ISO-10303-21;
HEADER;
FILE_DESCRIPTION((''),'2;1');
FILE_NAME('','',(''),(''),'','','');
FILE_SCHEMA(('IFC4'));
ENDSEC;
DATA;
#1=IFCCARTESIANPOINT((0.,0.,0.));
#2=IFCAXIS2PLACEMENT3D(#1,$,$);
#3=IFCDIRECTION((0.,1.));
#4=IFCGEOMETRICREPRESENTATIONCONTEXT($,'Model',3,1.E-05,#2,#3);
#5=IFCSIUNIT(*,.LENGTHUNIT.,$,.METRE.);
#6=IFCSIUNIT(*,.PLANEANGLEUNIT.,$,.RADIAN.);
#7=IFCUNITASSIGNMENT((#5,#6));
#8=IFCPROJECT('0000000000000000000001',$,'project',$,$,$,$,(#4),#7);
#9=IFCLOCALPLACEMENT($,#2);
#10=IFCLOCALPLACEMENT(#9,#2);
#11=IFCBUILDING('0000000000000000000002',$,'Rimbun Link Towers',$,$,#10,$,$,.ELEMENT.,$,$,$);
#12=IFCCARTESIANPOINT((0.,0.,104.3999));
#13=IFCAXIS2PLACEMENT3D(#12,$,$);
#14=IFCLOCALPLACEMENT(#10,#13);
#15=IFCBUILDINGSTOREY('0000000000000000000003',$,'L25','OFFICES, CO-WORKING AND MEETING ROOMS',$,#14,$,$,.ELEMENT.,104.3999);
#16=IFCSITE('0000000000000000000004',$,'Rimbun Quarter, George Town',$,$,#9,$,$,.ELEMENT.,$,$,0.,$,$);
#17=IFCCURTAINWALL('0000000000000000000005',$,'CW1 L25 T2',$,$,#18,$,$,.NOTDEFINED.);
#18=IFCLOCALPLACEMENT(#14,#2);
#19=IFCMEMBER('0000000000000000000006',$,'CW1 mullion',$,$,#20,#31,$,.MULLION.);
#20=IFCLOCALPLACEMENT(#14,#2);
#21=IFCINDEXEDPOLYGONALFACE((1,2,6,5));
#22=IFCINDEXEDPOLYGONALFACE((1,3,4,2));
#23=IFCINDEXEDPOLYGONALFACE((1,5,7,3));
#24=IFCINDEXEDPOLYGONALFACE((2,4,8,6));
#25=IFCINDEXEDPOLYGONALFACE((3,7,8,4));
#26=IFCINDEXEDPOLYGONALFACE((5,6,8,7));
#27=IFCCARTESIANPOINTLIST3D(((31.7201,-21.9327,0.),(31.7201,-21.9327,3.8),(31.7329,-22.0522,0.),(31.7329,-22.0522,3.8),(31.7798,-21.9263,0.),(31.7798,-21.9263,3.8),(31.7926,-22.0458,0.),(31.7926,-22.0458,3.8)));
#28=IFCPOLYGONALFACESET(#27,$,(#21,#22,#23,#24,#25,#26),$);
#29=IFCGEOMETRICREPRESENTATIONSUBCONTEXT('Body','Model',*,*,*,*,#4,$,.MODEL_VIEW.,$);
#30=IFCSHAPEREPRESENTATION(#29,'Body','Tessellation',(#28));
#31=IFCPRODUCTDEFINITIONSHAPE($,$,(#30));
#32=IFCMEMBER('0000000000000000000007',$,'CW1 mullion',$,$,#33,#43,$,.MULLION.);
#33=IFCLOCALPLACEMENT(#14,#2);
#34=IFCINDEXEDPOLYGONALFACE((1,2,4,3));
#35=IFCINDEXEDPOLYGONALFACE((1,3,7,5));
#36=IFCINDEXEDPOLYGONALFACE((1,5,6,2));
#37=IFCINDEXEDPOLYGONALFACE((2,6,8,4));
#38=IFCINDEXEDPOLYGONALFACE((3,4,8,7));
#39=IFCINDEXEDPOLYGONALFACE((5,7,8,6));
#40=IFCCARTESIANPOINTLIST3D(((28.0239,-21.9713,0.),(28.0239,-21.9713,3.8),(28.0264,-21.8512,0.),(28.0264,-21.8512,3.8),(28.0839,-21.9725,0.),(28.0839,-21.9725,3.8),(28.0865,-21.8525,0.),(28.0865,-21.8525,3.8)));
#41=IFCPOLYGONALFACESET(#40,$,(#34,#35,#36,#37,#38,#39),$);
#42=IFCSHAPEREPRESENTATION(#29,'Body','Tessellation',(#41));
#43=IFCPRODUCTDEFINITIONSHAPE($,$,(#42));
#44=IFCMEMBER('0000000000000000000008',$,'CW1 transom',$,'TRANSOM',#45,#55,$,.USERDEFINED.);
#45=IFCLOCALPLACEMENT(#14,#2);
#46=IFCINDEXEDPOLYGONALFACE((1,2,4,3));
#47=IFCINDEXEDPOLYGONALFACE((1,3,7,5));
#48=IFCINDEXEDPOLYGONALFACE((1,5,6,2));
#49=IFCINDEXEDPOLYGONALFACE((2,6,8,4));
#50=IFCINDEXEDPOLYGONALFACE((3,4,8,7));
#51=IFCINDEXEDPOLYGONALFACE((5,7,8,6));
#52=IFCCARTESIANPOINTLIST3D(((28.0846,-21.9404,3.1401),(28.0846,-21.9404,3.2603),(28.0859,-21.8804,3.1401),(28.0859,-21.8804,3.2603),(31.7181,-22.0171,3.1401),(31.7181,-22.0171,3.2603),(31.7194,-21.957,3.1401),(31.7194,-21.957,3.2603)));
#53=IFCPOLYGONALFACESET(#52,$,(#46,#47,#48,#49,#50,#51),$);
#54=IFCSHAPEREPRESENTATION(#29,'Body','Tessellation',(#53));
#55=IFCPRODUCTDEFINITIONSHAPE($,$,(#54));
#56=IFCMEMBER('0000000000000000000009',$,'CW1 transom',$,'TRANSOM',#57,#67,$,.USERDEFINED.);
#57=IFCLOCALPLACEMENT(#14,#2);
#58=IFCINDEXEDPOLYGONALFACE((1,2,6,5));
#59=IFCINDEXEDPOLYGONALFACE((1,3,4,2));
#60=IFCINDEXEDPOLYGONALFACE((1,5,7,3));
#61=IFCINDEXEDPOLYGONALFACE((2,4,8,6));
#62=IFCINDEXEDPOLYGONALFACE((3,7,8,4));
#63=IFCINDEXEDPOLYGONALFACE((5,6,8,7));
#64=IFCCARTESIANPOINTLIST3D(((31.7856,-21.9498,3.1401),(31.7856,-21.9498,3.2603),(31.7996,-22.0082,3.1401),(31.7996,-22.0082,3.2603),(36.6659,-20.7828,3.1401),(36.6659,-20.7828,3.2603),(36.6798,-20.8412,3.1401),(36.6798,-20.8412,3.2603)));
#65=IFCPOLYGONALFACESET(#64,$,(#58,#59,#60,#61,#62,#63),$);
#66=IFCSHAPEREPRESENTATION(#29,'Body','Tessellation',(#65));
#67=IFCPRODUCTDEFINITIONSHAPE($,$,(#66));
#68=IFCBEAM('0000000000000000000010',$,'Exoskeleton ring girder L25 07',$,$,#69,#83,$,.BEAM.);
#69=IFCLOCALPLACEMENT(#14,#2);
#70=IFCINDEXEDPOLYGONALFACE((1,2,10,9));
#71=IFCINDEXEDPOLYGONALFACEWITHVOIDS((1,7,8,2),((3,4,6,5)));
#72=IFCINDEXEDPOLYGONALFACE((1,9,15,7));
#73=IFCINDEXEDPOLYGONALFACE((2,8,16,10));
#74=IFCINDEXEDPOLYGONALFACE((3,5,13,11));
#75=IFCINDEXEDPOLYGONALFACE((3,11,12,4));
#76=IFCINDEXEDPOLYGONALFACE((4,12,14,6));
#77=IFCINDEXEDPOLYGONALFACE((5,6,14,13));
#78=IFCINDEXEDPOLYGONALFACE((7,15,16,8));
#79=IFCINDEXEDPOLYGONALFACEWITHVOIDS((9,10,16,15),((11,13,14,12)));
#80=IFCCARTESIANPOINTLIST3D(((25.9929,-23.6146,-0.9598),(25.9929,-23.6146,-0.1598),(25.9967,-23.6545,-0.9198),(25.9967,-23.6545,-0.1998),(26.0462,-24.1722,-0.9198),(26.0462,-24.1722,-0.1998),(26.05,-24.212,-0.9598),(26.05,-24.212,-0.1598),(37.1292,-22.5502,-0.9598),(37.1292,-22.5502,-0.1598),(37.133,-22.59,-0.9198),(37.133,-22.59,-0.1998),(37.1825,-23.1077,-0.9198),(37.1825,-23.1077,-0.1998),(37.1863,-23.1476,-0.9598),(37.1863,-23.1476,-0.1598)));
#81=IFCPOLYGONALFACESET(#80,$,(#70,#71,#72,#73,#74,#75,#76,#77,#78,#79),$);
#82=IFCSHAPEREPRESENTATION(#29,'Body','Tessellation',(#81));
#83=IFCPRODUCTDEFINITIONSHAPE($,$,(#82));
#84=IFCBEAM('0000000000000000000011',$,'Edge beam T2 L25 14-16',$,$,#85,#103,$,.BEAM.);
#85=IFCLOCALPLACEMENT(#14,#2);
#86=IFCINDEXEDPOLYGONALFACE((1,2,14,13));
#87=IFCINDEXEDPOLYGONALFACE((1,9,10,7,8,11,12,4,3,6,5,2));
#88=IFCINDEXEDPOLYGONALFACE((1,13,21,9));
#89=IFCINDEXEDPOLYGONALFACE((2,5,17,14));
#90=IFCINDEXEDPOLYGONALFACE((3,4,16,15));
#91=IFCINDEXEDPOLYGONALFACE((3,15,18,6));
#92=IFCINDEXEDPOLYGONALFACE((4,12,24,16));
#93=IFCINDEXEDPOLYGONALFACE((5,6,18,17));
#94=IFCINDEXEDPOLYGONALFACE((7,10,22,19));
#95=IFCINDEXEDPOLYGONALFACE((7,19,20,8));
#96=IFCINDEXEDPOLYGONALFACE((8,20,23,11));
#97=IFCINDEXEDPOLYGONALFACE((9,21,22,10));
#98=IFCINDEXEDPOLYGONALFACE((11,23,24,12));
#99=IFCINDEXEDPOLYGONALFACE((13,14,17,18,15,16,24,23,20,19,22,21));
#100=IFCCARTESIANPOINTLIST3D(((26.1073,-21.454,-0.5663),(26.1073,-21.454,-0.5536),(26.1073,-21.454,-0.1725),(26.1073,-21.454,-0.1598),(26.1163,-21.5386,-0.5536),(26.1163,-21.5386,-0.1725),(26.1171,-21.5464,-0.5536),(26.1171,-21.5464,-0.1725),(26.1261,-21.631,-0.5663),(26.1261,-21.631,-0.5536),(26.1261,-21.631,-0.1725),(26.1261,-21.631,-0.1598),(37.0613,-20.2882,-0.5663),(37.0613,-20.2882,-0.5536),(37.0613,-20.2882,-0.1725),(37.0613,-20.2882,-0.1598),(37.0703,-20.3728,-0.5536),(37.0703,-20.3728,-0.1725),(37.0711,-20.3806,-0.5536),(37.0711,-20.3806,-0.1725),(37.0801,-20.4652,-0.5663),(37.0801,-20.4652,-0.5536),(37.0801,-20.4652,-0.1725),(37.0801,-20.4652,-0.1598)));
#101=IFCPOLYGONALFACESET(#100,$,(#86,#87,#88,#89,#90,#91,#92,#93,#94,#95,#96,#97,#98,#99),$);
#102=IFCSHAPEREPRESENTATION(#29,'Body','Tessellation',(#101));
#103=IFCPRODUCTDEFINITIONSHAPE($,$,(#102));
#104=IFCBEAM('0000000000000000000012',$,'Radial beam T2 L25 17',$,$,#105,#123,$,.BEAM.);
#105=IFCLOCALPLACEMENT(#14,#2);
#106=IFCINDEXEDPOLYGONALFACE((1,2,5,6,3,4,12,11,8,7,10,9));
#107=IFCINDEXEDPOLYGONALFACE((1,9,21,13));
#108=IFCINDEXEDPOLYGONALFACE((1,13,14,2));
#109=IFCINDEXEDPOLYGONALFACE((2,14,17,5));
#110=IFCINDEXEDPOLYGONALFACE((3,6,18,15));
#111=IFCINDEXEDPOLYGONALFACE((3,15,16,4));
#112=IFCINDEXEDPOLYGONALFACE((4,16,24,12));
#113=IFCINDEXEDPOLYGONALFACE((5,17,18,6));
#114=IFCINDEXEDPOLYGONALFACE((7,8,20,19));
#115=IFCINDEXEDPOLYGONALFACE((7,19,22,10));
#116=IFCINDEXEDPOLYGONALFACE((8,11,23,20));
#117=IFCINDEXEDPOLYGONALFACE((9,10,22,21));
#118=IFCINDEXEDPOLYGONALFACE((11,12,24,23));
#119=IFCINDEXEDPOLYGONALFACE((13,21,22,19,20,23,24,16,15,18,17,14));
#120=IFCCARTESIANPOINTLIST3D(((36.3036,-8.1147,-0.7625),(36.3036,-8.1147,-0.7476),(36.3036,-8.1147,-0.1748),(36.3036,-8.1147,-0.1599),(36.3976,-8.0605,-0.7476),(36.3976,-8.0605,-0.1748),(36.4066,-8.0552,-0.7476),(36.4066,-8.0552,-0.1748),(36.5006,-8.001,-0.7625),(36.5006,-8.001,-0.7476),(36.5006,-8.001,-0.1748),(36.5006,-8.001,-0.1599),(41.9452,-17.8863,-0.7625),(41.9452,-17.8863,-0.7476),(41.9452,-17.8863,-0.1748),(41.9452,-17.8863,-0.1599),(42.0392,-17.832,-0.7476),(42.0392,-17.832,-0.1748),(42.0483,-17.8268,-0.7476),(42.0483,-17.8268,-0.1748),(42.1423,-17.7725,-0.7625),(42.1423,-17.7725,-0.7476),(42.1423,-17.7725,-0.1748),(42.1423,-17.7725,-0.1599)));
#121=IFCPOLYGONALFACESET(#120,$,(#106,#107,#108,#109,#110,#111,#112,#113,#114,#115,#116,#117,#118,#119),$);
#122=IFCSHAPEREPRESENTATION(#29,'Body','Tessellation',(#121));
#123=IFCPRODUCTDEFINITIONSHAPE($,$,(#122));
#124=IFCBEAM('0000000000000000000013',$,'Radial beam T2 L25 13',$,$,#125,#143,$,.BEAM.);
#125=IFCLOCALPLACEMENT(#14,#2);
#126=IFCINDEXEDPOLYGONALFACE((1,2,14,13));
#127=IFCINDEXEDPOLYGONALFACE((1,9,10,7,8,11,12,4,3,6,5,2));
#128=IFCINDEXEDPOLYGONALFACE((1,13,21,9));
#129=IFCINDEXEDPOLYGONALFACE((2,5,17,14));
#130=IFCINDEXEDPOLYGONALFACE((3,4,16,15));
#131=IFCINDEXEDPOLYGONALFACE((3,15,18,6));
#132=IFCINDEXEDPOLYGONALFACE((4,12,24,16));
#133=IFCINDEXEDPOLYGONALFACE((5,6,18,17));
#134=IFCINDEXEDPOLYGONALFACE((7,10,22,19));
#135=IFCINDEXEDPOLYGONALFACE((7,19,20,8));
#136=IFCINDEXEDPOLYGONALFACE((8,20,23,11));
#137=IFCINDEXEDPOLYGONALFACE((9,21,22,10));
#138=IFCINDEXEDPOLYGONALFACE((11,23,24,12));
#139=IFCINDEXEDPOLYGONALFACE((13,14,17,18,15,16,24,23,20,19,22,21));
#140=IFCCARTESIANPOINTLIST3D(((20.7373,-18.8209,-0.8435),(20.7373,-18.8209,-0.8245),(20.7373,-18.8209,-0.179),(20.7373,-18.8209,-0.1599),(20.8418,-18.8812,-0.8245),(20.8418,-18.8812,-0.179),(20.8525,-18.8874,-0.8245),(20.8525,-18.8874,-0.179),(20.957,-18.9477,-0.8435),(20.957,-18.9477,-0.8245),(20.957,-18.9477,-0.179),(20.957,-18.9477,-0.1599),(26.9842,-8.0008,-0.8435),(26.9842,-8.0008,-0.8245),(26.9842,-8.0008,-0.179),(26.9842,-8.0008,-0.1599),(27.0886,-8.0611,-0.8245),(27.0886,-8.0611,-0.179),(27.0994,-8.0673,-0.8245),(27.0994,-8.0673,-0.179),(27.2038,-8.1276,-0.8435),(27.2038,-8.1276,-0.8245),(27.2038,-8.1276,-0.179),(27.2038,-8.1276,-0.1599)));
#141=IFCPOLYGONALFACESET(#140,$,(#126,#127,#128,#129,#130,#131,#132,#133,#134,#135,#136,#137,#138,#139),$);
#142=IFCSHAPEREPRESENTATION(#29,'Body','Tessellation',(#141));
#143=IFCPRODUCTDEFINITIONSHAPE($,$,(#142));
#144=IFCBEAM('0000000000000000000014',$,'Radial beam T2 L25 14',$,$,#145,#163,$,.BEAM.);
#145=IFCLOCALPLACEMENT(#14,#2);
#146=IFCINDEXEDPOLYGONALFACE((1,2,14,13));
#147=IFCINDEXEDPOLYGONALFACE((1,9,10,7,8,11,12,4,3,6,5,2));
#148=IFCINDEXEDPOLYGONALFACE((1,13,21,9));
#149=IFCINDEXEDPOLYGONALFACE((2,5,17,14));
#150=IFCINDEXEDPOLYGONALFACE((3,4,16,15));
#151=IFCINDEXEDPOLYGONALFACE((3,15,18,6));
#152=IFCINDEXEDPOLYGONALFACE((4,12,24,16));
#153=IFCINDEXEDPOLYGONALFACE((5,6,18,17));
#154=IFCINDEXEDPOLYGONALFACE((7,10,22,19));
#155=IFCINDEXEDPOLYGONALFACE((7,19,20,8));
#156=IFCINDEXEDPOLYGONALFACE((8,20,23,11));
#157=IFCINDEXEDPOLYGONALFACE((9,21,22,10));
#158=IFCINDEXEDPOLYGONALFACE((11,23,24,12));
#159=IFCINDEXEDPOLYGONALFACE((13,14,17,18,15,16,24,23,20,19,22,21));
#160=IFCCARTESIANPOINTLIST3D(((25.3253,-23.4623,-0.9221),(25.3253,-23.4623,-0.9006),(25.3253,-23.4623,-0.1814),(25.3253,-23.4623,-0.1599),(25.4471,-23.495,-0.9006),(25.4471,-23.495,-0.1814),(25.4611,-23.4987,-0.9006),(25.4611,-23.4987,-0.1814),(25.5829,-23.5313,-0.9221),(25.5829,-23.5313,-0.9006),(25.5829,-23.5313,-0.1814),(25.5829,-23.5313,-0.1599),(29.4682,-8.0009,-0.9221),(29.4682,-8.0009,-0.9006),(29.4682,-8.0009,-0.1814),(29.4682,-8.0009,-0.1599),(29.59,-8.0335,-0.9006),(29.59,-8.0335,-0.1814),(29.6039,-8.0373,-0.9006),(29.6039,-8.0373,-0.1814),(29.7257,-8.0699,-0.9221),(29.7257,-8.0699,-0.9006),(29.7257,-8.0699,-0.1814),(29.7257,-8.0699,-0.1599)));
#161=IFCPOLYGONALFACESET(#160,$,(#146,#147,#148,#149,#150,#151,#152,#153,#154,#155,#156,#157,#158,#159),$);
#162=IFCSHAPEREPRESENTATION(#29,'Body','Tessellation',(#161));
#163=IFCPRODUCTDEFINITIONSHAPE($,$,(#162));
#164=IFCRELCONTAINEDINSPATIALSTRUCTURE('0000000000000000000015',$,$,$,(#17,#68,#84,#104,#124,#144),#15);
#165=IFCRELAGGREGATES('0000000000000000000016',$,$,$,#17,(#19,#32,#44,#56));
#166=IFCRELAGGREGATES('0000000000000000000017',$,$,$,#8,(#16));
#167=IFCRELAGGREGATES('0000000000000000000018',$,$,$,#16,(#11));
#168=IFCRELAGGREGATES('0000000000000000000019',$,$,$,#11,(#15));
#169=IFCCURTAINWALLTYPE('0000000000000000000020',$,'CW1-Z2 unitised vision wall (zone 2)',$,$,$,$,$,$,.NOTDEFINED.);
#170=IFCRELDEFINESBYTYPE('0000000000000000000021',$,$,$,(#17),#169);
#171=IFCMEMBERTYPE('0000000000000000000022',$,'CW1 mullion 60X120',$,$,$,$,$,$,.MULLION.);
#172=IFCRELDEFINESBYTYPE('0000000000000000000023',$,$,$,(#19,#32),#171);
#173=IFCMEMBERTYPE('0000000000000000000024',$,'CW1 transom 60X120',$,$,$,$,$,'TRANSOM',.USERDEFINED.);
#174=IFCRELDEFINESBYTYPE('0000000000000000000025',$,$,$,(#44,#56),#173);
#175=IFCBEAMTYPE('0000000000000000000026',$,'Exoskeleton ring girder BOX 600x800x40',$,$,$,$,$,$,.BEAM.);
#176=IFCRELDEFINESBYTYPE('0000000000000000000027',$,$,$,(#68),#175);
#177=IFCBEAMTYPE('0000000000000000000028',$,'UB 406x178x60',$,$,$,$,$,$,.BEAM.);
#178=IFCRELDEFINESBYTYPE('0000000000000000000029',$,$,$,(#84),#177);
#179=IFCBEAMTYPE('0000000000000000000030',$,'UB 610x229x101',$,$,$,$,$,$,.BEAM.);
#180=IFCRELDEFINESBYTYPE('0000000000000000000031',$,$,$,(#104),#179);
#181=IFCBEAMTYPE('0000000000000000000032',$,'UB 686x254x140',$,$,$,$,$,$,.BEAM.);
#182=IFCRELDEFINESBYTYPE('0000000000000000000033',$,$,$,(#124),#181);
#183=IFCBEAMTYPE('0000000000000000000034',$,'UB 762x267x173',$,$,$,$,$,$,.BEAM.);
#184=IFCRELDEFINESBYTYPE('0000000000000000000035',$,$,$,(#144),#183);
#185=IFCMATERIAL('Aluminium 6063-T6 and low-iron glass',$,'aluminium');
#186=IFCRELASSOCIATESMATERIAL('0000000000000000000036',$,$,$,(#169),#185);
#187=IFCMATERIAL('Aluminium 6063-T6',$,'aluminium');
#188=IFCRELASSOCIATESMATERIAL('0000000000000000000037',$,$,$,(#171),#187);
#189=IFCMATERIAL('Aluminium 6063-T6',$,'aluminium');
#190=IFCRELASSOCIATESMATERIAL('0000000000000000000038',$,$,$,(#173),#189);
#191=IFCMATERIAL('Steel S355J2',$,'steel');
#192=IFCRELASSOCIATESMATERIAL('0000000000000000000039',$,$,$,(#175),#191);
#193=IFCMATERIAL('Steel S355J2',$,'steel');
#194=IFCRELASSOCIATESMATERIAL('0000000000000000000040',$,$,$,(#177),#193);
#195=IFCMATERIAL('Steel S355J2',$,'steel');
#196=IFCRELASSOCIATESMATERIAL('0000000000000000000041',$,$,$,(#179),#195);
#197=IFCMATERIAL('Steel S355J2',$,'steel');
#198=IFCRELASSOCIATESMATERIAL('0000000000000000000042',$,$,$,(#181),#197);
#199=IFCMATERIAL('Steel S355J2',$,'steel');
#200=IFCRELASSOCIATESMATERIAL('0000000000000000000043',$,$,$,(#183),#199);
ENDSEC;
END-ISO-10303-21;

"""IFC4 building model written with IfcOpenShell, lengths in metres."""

from ifc_helpers import new_model, si_unit, direction, frame, origin, origin_2d, place, context, subcontext, project, spatial, rectangle, hollow_rectangle, i_section, extrude, material, material_profile, profile_set, type_object, element, aggregate, save


model = new_model("IFC4")

# Units and contexts
model_context = context("Model", 3, precision=1e-05, world=origin(), true_north=direction((0.0, 1.0)))
body_context = subcontext(model_context, "Body", "Model", "MODEL_VIEW")
ifc_project = project(units=[si_unit("LENGTHUNIT", "METRE"), si_unit("PLANEANGLEUNIT", "RADIAN")], contexts=[model_context])

# Site, building, storey
site_placement = place(None, origin())
site = spatial("IfcSite", under=ifc_project, at=site_placement, Name="Rimbun Quarter, George Town", CompositionType="ELEMENT", RefElevation=0.0)
building_placement = place(site_placement, origin())
building = spatial("IfcBuilding", under=site, at=building_placement, Name="Rimbun Link Towers", CompositionType="ELEMENT")
storey_placement = place(building_placement, frame((0.0, 0.0, 104.3999)))
storey = spatial("IfcBuildingStorey", under=building, at=storey_placement, Name="L25", Description="OFFICES, CO-WORKING AND MEETING ROOMS", CompositionType="ELEMENT", Elevation=104.3999)

# Curtain wall, members
ifc_material_1 = material(Name="Aluminium 6063-T6 and low-iron glass", Category="aluminium")
curtain_wall_type = type_object("IfcCurtainWallType", Name="CW1-Z2 unitised vision wall (zone 2)", PredefinedType="NOTDEFINED", material=ifc_material_1)
curtain_wall_placement = place(storey_placement, origin())
curtain_wall = element("IfcCurtainWall", 1, at=curtain_wall_placement, inside=storey, type_object=curtain_wall_type, Name="CW1 L25 T2", PredefinedType="NOTDEFINED")
ifc_material_2 = material(Name="Aluminium 6063-T6", Category="aluminium")
ifc_material_profile_1 = material_profile(ifc_material_2, rectangle(XDim=0.1201, YDim=0.0601, at=origin_2d()), Name="MULLION 60X120")
ifc_profile_set_1 = profile_set([ifc_material_profile_1], Name="Aluminium 6063-T6")
member_type_1 = type_object("IfcMemberType", Name="CW1 mullion 60X120", PredefinedType="MULLION", material=ifc_profile_set_1)
member_1_placement = place(storey_placement, frame((31.7563, -21.9893, 0.0), z_axis=(0.0, 0.0, 1.0), x_axis=(0.106632, -0.994299, 0.0)))
member_1 = element("IfcMember", 2, at=member_1_placement, type_object=member_type_1, Name="CW1 mullion", PredefinedType="MULLION", context=body_context, shape_type="SweptSolid", body=[
    extrude(rectangle(XDim=0.1201, YDim=0.0601, at=origin_2d()), origin(), (0.0, 0.0, 1.0), 3.8),
])
member_2_placement = place(storey_placement, frame((28.0552, -21.9119, 0.0), z_axis=(0.0, 0.0, 1.0), x_axis=(-0.021063, -0.999778, 0.0)))
member_2 = element("IfcMember", 3, at=member_2_placement, type_object=member_type_1, Name="CW1 mullion", PredefinedType="MULLION", context=body_context, shape_type="SweptSolid", body=[
    extrude(rectangle(XDim=0.1201, YDim=0.0601, at=origin_2d()), origin(), (0.0, 0.0, 1.0), 3.8),
])
ifc_material_3 = material(Name="Aluminium 6063-T6", Category="aluminium")
ifc_material_profile_2 = material_profile(ifc_material_3, rectangle(XDim=0.0601, YDim=0.1201, at=origin_2d()), Name="TRANSOM 60X120")
ifc_profile_set_2 = profile_set([ifc_material_profile_2], Name="Aluminium 6063-T6")
member_type_2 = type_object("IfcMemberType", Name="CW1 transom 60X120", ElementType="TRANSOM", PredefinedType="USERDEFINED", material=ifc_profile_set_2)
member_3_placement = place(storey_placement, frame((31.7188, -21.9871, 3.2002), z_axis=(-0.999778, 0.021093, 0.0), x_axis=(-0.021093, -0.999778, 0.0)))
member_3 = element("IfcMember", 4, at=member_3_placement, type_object=member_type_2, Name="CW1 transom", ObjectType="TRANSOM", PredefinedType="USERDEFINED", context=body_context, shape_type="SweptSolid", body=[
    extrude(rectangle(XDim=0.0601, YDim=0.1201, at=origin_2d()), origin(), (0.0, 0.0, 1.0), 3.6343),
])
member_4_placement = place(storey_placement, frame((36.6729, -20.812, 3.2002), z_axis=(-0.972579, -0.232574, 0.0), x_axis=(0.232574, -0.972579, 0.0)))
member_4 = element("IfcMember", 5, at=member_4_placement, type_object=member_type_2, Name="CW1 transom", ObjectType="TRANSOM", PredefinedType="USERDEFINED", context=body_context, shape_type="SweptSolid", body=[
    extrude(rectangle(XDim=0.0601, YDim=0.1201, at=origin_2d()), origin(), (0.0, 0.0, 1.0), 5.0178),
])

# Beams
ifc_material_4 = material(Name="Steel S355J2", Category="steel")
ifc_material_profile_3 = material_profile(ifc_material_4, hollow_rectangle(XDim=0.6001, YDim=0.8, WallThickness=0.04, at=origin_2d()), Name="Exoskeleton ring girder BOX 600x800x40")
ifc_profile_set_3 = profile_set([ifc_material_profile_3], Name="Steel S355J2")
beam_type_1 = type_object("IfcBeamType", Name="Exoskeleton ring girder BOX 600x800x40", PredefinedType="BEAM", material=ifc_profile_set_3)
beam_1_placement = place(storey_placement, frame((26.0215, -23.9133, -0.5598), z_axis=(0.995463, 0.095151, 0.0), x_axis=(-0.095151, 0.995463, 0.0)))
element("IfcBeam", 6, at=beam_1_placement, inside=storey, type_object=beam_type_1, Name="Exoskeleton ring girder L25 07", PredefinedType="BEAM", context=body_context, shape_type="SweptSolid", body=[
    extrude(hollow_rectangle(XDim=0.6001, YDim=0.8, WallThickness=0.04, at=origin_2d()), origin(), (0.0, 0.0, 1.0), 11.187),
])
ifc_material_5 = material(Name="Steel S355J2", Category="steel")
ifc_material_profile_4 = material_profile(ifc_material_5, i_section(OverallWidth=0.178, OverallDepth=0.4065, WebThickness=0.0078, FlangeThickness=0.0127, at=origin_2d()), Name="UB 406x178x60")
ifc_profile_set_4 = profile_set([ifc_material_profile_4], Name="Steel S355J2")
beam_type_2 = type_object("IfcBeamType", Name="UB 406x178x60", PredefinedType="BEAM", material=ifc_profile_set_4)
beam_2_placement = place(storey_placement, frame((26.1167, -21.5425, -0.363), z_axis=(0.994385, 0.105826, 0.0), x_axis=(-0.105826, 0.994385, 0.0)))
element("IfcBeam", 7, at=beam_2_placement, inside=storey, type_object=beam_type_2, Name="Edge beam T2 L25 14-16", PredefinedType="BEAM", context=body_context, shape_type="SweptSolid", body=[
    extrude(i_section(OverallWidth=0.178, OverallDepth=0.4065, WebThickness=0.0078, FlangeThickness=0.0127, at=origin_2d()), origin(), (0.0, 0.0, 1.0), 11.0159),
])
ifc_material_6 = material(Name="Steel S355J2", Category="steel")
ifc_material_profile_5 = material_profile(ifc_material_6, i_section(OverallWidth=0.2275, OverallDepth=0.6025, WebThickness=0.0105, FlangeThickness=0.0149, at=origin_2d()), Name="UB 610x229x101")
ifc_profile_set_5 = profile_set([ifc_material_profile_5], Name="Steel S355J2")
beam_type_3 = type_object("IfcBeamType", Name="UB 610x229x101", PredefinedType="BEAM", material=ifc_profile_set_5)
beam_3_placement = place(storey_placement, frame((36.4021, -8.0579, -0.4612), z_axis=(0.500002, -0.866024, 0.0), x_axis=(0.866024, 0.500002, 0.0)))
element("IfcBeam", 8, at=beam_3_placement, inside=storey, type_object=beam_type_3, Name="Radial beam T2 L25 17", PredefinedType="BEAM", context=body_context, shape_type="SweptSolid", body=[
    extrude(i_section(OverallWidth=0.2275, OverallDepth=0.6025, WebThickness=0.0105, FlangeThickness=0.0149, at=origin_2d()), origin(), (0.0, 0.0, 1.0), 11.2832),
])
ifc_material_7 = material(Name="Steel S355J2", Category="steel")
ifc_material_profile_6 = material_profile(ifc_material_7, i_section(OverallWidth=0.2537, OverallDepth=0.6836, WebThickness=0.0125, FlangeThickness=0.019, at=origin_2d()), Name="UB 686x254x140")
ifc_profile_set_6 = profile_set([ifc_material_profile_6], Name="Steel S355J2")
beam_type_4 = type_object("IfcBeamType", Name="UB 686x254x140", PredefinedType="BEAM", material=ifc_profile_set_6)
beam_4_placement = place(storey_placement, frame((27.094, -8.0642, -0.5017), z_axis=(-0.499991, -0.86603, 0.0), x_axis=(0.86603, -0.499991, 0.0)))
element("IfcBeam", 9, at=beam_4_placement, inside=storey, type_object=beam_type_4, Name="Radial beam T2 L25 13", PredefinedType="BEAM", context=body_context, shape_type="SweptSolid", body=[
    extrude(i_section(OverallWidth=0.2537, OverallDepth=0.6836, WebThickness=0.0125, FlangeThickness=0.019, at=origin_2d()), origin(), (0.0, 0.0, 1.0), 12.4939),
])
ifc_material_8 = material(Name="Steel S355J2", Category="steel")
ifc_material_profile_7 = material_profile(ifc_material_8, i_section(OverallWidth=0.2666, OverallDepth=0.7622, WebThickness=0.0144, FlangeThickness=0.0215, at=origin_2d()), Name="UB 762x267x173")
ifc_profile_set_7 = profile_set([ifc_material_profile_7], Name="Steel S355J2")
beam_type_5 = type_object("IfcBeamType", Name="UB 762x267x173", PredefinedType="BEAM", material=ifc_profile_set_7)
beam_5_placement = place(storey_placement, frame((29.5969, -8.0354, -0.541), z_axis=(-0.258816, -0.965927, 0.0), x_axis=(0.965927, -0.258816, 0.0)))
element("IfcBeam", 10, at=beam_5_placement, inside=storey, type_object=beam_type_5, Name="Radial beam T2 L25 14", PredefinedType="BEAM", context=body_context, shape_type="SweptSolid", body=[
    extrude(i_section(OverallWidth=0.2666, OverallDepth=0.7622, WebThickness=0.0144, FlangeThickness=0.0215, at=origin_2d()), origin(), (0.0, 0.0, 1.0), 16.0068),
])

aggregate(curtain_wall, [member_1, member_2, member_3, member_4])

save(model, "model.ifc")
